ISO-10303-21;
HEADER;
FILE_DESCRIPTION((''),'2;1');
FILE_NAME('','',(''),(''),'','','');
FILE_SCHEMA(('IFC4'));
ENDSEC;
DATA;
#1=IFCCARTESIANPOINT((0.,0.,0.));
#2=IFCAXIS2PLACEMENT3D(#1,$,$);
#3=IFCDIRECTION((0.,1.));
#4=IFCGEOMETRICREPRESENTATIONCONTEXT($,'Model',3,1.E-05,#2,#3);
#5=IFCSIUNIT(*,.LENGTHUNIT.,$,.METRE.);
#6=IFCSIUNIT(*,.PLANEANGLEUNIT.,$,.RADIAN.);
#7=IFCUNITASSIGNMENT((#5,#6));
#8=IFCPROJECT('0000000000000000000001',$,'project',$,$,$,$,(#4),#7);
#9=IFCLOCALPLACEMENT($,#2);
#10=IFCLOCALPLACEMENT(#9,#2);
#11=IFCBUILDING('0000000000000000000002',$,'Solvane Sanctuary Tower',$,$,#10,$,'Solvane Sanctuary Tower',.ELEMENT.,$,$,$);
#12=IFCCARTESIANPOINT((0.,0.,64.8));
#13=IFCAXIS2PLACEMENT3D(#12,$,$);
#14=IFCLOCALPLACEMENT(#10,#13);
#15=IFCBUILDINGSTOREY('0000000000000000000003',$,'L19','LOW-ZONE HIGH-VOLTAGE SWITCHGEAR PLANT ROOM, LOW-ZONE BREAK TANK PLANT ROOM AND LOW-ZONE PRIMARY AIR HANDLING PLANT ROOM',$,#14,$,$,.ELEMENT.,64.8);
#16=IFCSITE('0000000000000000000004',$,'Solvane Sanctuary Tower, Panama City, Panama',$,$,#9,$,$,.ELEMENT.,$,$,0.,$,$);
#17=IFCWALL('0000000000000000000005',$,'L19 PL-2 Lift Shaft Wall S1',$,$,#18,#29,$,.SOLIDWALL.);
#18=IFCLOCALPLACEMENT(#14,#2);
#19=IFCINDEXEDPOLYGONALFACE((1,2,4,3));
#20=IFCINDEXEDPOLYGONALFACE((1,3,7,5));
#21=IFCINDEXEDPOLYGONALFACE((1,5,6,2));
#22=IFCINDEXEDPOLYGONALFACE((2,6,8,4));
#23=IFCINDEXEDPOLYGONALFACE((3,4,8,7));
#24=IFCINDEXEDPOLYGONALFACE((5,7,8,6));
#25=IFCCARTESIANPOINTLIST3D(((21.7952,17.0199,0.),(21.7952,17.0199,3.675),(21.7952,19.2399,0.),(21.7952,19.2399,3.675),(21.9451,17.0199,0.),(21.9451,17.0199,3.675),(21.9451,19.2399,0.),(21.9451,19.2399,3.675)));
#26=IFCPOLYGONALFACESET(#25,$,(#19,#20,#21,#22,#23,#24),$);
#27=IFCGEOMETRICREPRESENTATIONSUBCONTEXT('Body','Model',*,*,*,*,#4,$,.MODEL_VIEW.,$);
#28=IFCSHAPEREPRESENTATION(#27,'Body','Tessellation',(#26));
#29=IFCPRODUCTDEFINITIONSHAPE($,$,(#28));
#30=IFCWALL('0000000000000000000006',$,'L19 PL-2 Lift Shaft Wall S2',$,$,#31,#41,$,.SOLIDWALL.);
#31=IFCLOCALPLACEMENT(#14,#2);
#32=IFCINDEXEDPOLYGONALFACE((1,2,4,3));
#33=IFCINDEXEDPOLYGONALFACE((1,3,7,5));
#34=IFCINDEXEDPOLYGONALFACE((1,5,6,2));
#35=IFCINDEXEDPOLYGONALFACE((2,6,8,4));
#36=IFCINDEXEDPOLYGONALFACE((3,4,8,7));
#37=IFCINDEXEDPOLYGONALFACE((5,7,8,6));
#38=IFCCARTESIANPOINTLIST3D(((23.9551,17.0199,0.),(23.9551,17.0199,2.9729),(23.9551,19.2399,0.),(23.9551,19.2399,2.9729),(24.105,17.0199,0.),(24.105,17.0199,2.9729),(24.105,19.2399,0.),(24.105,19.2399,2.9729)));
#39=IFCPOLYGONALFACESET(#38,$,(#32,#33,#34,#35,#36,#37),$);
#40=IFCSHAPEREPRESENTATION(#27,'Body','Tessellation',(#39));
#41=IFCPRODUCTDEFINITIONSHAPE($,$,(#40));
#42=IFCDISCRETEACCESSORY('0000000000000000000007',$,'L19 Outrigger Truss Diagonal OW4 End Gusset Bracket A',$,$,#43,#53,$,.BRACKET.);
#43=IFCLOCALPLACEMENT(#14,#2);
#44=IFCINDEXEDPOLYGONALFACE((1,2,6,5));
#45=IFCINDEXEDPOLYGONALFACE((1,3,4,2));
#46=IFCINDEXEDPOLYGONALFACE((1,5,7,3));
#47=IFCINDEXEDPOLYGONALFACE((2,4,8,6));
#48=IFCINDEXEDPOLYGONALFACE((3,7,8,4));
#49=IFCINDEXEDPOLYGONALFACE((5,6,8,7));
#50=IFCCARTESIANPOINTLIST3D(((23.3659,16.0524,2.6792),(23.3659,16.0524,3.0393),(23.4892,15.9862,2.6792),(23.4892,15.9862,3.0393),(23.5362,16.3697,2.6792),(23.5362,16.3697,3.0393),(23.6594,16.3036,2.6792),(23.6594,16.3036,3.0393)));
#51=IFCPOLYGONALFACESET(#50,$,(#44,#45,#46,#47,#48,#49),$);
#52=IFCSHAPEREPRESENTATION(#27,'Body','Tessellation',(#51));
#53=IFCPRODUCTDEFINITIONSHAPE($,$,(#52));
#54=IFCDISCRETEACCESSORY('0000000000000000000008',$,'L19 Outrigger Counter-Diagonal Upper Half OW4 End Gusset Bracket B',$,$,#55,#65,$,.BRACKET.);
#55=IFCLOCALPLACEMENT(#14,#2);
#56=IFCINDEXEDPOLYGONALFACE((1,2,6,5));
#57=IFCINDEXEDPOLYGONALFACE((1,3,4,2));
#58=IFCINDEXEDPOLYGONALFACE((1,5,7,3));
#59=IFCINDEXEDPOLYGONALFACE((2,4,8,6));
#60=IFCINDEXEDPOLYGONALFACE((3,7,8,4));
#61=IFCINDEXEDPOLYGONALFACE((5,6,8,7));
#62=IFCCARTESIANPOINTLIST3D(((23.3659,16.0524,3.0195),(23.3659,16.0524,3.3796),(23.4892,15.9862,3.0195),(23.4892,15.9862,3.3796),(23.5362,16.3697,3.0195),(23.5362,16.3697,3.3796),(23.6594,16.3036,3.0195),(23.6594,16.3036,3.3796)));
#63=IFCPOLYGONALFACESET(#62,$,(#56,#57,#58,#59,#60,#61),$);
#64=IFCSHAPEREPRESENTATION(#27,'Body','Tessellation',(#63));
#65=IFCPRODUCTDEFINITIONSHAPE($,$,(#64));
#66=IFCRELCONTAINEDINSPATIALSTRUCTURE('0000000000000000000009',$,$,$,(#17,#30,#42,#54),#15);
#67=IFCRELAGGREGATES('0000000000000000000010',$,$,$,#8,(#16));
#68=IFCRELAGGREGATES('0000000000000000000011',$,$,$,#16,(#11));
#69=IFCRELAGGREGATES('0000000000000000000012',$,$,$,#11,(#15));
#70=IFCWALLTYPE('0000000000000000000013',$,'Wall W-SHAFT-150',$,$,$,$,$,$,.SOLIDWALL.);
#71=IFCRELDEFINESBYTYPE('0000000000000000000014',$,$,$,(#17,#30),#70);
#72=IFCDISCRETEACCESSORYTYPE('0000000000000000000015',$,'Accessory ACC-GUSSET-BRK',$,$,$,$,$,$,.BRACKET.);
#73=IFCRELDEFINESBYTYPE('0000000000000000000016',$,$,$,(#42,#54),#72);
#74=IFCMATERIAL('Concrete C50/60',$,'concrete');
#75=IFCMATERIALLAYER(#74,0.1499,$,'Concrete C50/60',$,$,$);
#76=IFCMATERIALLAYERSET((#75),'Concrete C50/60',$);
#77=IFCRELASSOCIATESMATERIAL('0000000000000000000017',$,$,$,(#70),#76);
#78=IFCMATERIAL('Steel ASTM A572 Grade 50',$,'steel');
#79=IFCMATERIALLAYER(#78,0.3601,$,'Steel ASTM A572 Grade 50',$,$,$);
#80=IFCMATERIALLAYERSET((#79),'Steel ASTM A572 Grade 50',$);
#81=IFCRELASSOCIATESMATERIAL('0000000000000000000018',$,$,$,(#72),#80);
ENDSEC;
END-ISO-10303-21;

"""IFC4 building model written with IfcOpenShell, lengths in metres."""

from ifc_helpers import new_model, si_unit, direction, frame, frame_2d, origin, origin_2d, place, context, subcontext, project, spatial, rectangle, extrude, material, layer, layer_set, type_object, element, save


model = new_model("IFC4")

# Units and contexts
model_context = context("Model", 3, precision=1e-05, world=origin(), true_north=direction((0.0, 1.0)))
body_context = subcontext(model_context, "Body", "Model", "MODEL_VIEW")
ifc_project = project(units=[si_unit("LENGTHUNIT", "METRE"), si_unit("PLANEANGLEUNIT", "RADIAN")], contexts=[model_context])

# Site, building, storey
site_placement = place(None, origin())
site = spatial("IfcSite", under=ifc_project, at=site_placement, Name="Solvane Sanctuary Tower, Panama City, Panama", CompositionType="ELEMENT", RefElevation=0.0)
building_placement = place(site_placement, origin())
building = spatial("IfcBuilding", under=site, at=building_placement, Name="Solvane Sanctuary Tower", LongName="Solvane Sanctuary Tower", CompositionType="ELEMENT")
storey_placement = place(building_placement, frame((0.0, 0.0, 64.8)))
storey = spatial("IfcBuildingStorey", under=building, at=storey_placement, Name="L19", Description="LOW-ZONE HIGH-VOLTAGE SWITCHGEAR PLANT ROOM, LOW-ZONE BREAK TANK PLANT ROOM AND LOW-ZONE PRIMARY AIR HANDLING PLANT ROOM", CompositionType="ELEMENT", Elevation=64.8)

# Shared definitions
ifc_material_1 = material(Name="Steel ASTM A572 Grade 50", Category="steel")

# Shared definitions
ifc_material_2 = material(Name="Concrete C50/60", Category="concrete")
ifc_layer_1 = layer(ifc_material_2, 0.1499, Name="Concrete C50/60")
ifc_layer_set_1 = layer_set([ifc_layer_1], Name="Concrete C50/60")
wall_type_1 = type_object("IfcWallType", Name="Wall W-SHAFT-150", PredefinedType="SOLIDWALL", material=ifc_layer_set_1)

# Walls
wall_1_placement = place(storey_placement, frame((21.8701, 17.02, 0.0), z_axis=(0.0, 0.0, 1.0), x_axis=(0.0, 1.0, 0.0)))
element("IfcWall", 1, at=wall_1_placement, inside=storey, type_object=wall_type_1, Name="L19 PL-2 Lift Shaft Wall S1", PredefinedType="SOLIDWALL", context=body_context, shape_type="SweptSolid", body=[
    extrude(rectangle(XDim=2.22, YDim=0.1499, at=frame_2d((1.1099, 0.0))), origin(), (0.0, 0.0, 1.0), 3.675),
])
wall_2_placement = place(storey_placement, frame((24.03, 17.02, 0.0), z_axis=(0.0, 0.0, 1.0), x_axis=(0.0, 1.0, 0.0)))
element("IfcWall", 2, at=wall_2_placement, inside=storey, type_object=wall_type_1, Name="L19 PL-2 Lift Shaft Wall S2", PredefinedType="SOLIDWALL", context=body_context, shape_type="SweptSolid", body=[
    extrude(rectangle(XDim=2.22, YDim=0.1499, at=frame_2d((1.1099, 0.0))), origin(), (0.0, 0.0, 1.0), 2.9729),
])

# Discrete accessories
ifc_layer_2 = layer(ifc_material_1, 0.3601, Name="Steel ASTM A572 Grade 50")
ifc_layer_set_2 = layer_set([ifc_layer_2], Name="Steel ASTM A572 Grade 50")
discrete_accessory_type = type_object("IfcDiscreteAccessoryType", Name="Accessory ACC-GUSSET-BRK", PredefinedType="BRACKET", material=ifc_layer_set_2)
for number, where, z_axis, x_axis, name in (
    (3, (23.5127, 16.178, 2.6792), (0.0, 0.0, 1.0), (-0.472705, -0.881221, 0.0), "L19 Outrigger Truss Diagonal OW4 End Gusset Bracket A"),
    (4, (23.5127, 16.178, 3.0195), (0.0, 0.0, 1.0), (0.472705, 0.881221, 0.0), "L19 Outrigger Counter-Diagonal Upper Half OW4 End Gusset Bracket B"),
):
    element("IfcDiscreteAccessory", number, at=place(storey_placement, frame(where, z_axis=z_axis, x_axis=x_axis)), inside=storey, type_object=discrete_accessory_type, Name=name, PredefinedType="BRACKET", context=body_context, shape_type="SweptSolid", body=[
        extrude(rectangle(XDim=0.3601, YDim=0.1399, at=origin_2d()), origin(), (0.0, 0.0, 1.0), 0.3601),
    ])

save(model, "model.ifc")
